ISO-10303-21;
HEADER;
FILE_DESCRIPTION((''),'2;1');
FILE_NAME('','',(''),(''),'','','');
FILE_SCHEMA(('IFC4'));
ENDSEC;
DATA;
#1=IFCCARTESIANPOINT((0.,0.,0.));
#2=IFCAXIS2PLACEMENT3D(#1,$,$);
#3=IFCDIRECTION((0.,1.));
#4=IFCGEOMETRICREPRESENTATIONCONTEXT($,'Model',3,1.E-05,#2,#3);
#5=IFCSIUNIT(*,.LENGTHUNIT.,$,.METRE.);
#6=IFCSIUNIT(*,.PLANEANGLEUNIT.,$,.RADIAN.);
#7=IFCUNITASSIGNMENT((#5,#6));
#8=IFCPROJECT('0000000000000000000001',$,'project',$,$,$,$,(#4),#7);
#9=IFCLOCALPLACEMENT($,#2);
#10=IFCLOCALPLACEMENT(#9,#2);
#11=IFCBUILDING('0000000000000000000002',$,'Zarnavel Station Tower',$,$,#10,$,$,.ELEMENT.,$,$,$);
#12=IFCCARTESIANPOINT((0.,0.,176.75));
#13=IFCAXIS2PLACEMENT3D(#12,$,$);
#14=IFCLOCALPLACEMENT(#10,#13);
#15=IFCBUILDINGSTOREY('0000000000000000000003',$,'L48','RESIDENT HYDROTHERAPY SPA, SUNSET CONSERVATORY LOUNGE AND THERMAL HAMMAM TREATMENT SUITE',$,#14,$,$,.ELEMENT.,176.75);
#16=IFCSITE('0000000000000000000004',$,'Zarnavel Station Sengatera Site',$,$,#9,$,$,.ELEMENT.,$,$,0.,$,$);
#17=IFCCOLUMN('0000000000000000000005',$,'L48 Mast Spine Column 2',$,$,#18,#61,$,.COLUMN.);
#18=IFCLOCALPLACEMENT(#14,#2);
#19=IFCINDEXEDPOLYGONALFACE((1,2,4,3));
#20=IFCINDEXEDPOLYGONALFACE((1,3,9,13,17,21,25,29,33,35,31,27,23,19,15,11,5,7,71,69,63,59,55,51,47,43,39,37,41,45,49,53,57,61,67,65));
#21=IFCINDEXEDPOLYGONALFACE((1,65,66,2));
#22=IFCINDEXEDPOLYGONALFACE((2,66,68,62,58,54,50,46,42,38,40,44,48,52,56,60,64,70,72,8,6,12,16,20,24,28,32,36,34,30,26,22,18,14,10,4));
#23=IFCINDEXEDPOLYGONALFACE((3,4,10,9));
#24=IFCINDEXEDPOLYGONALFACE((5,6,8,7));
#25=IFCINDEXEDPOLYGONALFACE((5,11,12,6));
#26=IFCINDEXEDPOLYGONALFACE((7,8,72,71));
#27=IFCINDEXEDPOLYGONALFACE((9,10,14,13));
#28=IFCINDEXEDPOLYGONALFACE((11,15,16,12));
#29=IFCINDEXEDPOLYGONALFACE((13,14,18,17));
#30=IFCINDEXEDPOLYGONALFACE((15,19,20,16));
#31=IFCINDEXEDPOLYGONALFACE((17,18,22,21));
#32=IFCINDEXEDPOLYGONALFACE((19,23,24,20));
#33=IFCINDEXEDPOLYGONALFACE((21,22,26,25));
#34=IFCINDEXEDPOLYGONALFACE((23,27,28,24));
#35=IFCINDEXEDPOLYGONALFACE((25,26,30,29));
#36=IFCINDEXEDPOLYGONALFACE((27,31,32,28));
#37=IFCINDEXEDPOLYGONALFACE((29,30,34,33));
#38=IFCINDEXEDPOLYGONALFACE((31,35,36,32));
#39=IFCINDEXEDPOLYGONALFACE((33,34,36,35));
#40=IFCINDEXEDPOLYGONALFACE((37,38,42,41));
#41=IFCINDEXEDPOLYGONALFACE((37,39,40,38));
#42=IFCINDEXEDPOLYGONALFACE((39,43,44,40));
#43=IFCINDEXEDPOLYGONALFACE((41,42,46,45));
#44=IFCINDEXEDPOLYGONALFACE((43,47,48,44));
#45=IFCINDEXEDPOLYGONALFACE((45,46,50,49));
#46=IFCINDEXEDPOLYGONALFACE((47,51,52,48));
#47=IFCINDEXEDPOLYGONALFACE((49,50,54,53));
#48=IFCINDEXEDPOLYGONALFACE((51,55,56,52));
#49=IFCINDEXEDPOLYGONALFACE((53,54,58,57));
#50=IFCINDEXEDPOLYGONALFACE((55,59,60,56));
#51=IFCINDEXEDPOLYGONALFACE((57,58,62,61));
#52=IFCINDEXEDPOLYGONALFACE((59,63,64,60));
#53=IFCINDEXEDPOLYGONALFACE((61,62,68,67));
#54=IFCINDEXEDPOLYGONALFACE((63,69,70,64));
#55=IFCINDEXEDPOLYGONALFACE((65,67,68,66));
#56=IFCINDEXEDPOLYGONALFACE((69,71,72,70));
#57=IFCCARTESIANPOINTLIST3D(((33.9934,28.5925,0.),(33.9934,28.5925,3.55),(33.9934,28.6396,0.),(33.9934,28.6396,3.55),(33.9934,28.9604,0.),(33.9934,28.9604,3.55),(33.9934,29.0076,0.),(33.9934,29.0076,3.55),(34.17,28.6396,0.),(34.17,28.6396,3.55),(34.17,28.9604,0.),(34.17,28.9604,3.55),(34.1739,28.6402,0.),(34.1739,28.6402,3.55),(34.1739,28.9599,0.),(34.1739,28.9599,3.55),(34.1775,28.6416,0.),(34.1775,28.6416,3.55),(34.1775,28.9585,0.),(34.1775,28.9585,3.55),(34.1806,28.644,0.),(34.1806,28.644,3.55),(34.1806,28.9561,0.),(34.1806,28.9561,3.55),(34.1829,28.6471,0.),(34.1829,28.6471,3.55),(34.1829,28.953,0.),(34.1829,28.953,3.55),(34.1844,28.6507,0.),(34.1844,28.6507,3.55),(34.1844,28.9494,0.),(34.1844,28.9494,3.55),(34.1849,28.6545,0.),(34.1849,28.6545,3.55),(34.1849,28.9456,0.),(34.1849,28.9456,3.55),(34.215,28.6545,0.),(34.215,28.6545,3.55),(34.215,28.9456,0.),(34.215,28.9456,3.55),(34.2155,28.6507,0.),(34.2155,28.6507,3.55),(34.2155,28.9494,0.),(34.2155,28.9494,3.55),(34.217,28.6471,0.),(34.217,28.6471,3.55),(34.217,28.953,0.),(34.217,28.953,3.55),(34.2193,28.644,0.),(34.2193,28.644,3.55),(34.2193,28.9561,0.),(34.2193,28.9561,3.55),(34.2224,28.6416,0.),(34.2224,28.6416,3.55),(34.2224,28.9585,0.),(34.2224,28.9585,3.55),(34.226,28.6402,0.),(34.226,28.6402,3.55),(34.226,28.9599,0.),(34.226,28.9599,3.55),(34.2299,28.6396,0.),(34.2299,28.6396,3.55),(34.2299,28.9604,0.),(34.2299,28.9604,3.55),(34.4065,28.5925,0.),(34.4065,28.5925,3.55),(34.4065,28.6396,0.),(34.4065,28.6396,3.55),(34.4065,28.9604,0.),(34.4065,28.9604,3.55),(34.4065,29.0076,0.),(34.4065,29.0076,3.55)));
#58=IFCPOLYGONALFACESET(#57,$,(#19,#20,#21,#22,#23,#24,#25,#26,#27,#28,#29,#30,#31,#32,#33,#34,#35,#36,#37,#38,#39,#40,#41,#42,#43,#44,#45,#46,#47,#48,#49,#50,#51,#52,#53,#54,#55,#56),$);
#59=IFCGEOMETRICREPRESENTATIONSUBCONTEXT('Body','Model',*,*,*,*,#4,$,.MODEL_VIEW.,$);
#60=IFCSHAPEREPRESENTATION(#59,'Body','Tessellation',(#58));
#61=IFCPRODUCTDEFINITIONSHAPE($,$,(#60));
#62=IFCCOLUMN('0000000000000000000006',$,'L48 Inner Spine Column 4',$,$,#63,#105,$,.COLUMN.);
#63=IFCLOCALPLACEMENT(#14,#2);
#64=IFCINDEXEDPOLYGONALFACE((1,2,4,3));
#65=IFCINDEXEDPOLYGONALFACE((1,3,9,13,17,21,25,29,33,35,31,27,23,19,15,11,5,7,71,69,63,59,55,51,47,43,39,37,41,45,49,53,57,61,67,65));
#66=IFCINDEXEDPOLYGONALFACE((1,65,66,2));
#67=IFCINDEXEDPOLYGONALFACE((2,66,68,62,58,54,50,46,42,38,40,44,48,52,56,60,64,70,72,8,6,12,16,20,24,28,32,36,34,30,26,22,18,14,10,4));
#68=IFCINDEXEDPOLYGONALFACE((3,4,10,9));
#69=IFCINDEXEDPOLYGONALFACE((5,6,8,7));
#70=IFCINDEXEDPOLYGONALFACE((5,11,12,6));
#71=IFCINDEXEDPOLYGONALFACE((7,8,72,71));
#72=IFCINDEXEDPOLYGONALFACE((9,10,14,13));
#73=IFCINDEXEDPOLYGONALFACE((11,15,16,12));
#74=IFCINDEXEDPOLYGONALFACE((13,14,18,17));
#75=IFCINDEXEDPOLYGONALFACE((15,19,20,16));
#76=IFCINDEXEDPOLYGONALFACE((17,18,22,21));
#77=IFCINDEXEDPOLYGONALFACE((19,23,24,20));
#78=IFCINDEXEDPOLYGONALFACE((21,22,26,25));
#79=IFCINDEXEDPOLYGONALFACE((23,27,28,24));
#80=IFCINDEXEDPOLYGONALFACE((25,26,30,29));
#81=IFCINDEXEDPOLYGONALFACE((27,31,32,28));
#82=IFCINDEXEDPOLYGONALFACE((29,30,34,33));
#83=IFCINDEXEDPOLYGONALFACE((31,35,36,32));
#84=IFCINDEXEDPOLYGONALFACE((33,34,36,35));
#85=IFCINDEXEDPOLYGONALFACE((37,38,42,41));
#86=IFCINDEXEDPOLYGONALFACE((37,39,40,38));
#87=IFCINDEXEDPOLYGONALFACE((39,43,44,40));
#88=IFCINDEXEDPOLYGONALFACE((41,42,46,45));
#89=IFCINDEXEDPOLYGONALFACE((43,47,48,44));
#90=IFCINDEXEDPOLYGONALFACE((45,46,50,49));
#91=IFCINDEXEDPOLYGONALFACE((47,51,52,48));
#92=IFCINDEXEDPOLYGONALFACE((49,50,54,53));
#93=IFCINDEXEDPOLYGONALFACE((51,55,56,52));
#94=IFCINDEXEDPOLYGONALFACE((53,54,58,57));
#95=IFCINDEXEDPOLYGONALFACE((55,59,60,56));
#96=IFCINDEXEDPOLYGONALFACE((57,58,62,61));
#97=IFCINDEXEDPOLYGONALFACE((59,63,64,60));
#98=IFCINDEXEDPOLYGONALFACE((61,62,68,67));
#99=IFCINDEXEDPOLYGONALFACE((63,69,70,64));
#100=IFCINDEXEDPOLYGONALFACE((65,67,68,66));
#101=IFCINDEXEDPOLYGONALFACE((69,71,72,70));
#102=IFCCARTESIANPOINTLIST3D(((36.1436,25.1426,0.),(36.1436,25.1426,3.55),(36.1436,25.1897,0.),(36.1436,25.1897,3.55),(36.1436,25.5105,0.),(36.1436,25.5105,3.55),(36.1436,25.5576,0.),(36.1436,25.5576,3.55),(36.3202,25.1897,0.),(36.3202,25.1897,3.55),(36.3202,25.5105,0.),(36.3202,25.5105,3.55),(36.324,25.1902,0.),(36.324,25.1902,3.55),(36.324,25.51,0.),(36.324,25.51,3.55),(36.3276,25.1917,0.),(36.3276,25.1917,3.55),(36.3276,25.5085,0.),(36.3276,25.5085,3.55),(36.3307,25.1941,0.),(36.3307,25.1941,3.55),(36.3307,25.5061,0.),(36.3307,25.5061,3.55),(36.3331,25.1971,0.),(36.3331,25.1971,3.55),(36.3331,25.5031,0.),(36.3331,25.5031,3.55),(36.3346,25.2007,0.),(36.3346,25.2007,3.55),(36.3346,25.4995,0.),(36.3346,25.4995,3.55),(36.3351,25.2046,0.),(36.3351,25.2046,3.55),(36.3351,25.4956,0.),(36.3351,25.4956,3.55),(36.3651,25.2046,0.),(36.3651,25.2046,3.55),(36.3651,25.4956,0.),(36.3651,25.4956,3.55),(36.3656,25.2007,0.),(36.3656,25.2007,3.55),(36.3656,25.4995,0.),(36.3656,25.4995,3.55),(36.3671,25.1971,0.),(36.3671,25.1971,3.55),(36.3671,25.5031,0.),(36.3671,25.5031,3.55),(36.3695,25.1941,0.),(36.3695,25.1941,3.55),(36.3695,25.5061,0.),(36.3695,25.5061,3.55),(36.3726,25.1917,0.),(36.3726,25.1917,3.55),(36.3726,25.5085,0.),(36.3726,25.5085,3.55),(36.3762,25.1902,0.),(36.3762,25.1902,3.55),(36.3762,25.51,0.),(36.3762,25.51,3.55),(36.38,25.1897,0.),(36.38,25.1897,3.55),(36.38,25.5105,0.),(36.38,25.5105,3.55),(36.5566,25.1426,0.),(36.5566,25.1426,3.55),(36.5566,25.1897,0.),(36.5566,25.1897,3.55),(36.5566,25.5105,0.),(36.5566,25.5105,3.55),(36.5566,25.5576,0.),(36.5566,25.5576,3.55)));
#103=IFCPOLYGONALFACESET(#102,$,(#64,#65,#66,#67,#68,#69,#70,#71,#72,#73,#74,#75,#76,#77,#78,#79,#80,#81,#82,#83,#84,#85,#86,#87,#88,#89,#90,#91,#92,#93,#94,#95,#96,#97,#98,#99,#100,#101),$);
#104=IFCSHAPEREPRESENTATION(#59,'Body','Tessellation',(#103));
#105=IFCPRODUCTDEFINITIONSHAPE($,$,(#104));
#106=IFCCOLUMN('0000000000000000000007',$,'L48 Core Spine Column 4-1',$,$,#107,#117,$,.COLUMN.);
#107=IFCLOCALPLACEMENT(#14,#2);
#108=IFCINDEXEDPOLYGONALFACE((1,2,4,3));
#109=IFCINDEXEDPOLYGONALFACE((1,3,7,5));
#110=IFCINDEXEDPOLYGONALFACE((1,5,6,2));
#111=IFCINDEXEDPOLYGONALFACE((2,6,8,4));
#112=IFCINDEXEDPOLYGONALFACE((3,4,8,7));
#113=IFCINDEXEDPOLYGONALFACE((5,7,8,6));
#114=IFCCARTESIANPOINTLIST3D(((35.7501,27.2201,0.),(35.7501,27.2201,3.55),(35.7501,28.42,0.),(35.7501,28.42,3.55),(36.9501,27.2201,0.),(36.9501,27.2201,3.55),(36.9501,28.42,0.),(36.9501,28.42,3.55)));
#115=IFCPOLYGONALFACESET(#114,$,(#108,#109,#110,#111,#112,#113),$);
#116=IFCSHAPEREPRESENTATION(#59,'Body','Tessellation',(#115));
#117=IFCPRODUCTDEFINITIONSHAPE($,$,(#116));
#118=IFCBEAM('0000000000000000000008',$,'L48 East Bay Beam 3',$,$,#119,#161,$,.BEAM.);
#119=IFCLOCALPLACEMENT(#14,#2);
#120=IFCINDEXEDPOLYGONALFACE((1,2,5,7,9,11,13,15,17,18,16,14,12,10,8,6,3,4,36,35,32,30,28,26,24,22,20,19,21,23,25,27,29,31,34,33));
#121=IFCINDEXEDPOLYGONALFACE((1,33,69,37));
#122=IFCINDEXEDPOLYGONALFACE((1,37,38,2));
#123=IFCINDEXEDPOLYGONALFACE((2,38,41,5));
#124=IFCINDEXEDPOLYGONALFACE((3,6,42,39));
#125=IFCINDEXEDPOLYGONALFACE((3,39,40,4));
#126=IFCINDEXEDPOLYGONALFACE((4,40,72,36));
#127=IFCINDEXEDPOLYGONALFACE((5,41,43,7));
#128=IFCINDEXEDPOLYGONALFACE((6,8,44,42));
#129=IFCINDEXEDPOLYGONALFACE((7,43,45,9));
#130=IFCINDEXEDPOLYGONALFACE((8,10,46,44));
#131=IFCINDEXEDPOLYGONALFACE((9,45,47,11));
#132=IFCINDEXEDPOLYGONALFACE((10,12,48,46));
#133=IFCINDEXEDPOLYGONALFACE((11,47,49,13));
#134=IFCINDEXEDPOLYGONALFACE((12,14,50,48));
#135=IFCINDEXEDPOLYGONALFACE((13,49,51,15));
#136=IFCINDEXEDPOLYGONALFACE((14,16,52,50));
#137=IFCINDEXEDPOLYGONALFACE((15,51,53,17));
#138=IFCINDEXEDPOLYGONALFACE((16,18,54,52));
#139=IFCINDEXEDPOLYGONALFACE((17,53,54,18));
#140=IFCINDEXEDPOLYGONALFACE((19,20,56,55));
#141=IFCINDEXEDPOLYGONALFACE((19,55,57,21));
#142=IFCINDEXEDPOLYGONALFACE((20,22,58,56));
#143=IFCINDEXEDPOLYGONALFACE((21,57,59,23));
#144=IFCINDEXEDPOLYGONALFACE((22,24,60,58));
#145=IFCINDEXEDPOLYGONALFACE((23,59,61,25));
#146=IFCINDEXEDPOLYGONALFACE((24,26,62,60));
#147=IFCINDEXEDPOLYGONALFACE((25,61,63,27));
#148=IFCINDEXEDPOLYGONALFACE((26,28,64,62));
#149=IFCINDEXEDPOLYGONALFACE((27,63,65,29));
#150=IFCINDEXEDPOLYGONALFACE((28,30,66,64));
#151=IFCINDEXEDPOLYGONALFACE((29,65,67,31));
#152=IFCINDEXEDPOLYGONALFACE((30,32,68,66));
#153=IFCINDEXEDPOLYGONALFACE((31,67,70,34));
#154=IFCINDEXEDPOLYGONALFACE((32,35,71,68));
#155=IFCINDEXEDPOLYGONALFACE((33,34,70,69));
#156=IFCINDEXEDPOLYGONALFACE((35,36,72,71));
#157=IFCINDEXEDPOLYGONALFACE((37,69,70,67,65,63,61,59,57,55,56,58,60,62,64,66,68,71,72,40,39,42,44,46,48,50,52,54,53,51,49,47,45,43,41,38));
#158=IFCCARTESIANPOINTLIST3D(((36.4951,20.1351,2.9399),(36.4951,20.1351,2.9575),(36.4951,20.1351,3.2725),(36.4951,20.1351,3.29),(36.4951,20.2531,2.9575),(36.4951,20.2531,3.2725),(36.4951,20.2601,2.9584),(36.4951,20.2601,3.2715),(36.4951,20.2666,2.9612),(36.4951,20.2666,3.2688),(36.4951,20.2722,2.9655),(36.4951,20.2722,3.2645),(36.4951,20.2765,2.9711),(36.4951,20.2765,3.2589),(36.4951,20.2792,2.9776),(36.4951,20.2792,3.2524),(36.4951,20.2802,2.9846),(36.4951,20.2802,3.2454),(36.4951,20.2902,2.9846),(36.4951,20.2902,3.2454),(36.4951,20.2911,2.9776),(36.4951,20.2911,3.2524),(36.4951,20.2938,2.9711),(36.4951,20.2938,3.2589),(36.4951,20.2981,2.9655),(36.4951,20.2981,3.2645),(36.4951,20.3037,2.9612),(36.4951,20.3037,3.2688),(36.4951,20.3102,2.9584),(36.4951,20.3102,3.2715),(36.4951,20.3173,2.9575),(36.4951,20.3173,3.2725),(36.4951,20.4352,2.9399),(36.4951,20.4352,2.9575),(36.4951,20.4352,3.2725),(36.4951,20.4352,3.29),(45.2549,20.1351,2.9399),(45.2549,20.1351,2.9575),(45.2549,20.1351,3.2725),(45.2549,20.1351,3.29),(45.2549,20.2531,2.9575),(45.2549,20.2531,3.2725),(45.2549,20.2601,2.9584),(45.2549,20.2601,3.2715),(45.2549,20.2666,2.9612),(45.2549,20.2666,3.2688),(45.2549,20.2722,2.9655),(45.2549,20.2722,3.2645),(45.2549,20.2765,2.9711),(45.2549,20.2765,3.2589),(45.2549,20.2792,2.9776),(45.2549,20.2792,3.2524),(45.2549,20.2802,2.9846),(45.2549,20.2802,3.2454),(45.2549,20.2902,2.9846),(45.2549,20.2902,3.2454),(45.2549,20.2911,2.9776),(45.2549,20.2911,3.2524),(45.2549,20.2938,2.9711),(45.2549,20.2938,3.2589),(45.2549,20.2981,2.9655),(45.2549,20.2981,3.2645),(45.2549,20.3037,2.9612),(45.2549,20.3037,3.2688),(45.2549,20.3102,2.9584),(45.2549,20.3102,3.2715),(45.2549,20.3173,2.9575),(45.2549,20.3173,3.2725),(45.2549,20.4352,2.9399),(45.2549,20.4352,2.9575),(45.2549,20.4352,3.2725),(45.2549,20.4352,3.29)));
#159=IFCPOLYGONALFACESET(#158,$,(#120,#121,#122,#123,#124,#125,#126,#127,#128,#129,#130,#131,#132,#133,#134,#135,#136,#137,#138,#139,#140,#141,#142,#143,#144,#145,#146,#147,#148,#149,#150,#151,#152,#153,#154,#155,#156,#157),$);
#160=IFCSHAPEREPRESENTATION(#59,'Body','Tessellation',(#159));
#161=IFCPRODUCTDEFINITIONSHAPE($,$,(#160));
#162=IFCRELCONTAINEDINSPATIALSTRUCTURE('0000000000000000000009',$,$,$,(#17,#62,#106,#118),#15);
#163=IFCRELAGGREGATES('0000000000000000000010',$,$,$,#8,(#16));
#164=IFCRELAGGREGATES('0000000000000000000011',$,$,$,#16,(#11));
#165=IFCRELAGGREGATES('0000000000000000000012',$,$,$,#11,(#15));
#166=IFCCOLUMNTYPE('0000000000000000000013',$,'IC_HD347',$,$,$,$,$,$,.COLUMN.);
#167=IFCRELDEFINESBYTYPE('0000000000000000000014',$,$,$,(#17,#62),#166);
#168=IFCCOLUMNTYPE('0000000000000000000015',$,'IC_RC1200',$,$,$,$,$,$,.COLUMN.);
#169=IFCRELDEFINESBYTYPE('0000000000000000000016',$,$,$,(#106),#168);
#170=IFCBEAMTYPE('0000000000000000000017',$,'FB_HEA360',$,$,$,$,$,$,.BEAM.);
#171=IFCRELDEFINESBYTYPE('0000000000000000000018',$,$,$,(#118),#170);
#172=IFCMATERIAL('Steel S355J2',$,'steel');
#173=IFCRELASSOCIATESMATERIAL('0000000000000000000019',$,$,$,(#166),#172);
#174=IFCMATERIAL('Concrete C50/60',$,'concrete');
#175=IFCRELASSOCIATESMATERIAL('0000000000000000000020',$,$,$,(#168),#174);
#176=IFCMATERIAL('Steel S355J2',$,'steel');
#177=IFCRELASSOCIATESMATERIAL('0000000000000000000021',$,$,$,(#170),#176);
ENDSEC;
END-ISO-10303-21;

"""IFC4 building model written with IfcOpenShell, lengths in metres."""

from ifc_helpers import new_model, si_unit, direction, frame, origin, origin_2d, place, context, subcontext, project, spatial, rectangle, i_section, extrude, material, material_profile, profile_set, type_object, element, save


model = new_model("IFC4")

# Units and contexts
model_context = context("Model", 3, precision=1e-05, world=origin(), true_north=direction((0.0, 1.0)))
body_context = subcontext(model_context, "Body", "Model", "MODEL_VIEW")
ifc_project = project(units=[si_unit("LENGTHUNIT", "METRE"), si_unit("PLANEANGLEUNIT", "RADIAN")], contexts=[model_context])

# Site, building, storey
site_placement = place(None, origin())
site = spatial("IfcSite", under=ifc_project, at=site_placement, Name="Zarnavel Station Sengatera Site", CompositionType="ELEMENT", RefElevation=0.0)
building_placement = place(site_placement, origin())
building = spatial("IfcBuilding", under=site, at=building_placement, Name="Zarnavel Station Tower", CompositionType="ELEMENT")
storey_placement = place(building_placement, frame((0.0, 0.0, 176.75)))
storey = spatial("IfcBuildingStorey", under=building, at=storey_placement, Name="L48", Description="RESIDENT HYDROTHERAPY SPA, SUNSET CONSERVATORY LOUNGE AND THERMAL HAMMAM TREATMENT SUITE", CompositionType="ELEMENT", Elevation=176.75)

# Columns
ifc_material_1 = material(Name="Steel S355J2", Category="steel")
ifc_material_profile_1 = material_profile(ifc_material_1, i_section(OverallWidth=0.4131, OverallDepth=0.415, WebThickness=0.03, FlangeThickness=0.0471, FilletRadius=0.0149, at=origin_2d()), Name="HD400x347")
ifc_profile_set_1 = profile_set([ifc_material_profile_1], Name="Steel S355J2")
column_type_1 = type_object("IfcColumnType", Name="IC_HD347", PredefinedType="COLUMN", material=ifc_profile_set_1)
for number, where, z_axis, x_axis, name in (
    (1, (34.2, 28.8, 0.0), (0.0, 0.0, 1.0), (1.0, 0.0, 0.0), "L48 Mast Spine Column 2"),
    (2, (36.3501, 25.3501, 0.0), (0.0, 0.0, 1.0), (1.0, 0.0, 0.0), "L48 Inner Spine Column 4"),
):
    element("IfcColumn", number, at=place(storey_placement, frame(where, z_axis=z_axis, x_axis=x_axis)), inside=storey, type_object=column_type_1, Name=name, PredefinedType="COLUMN", context=body_context, shape_type="SweptSolid", body=[
        extrude(i_section(OverallWidth=0.4131, OverallDepth=0.415, WebThickness=0.03, FlangeThickness=0.0471, FilletRadius=0.0149, at=origin_2d()), origin(), (0.0, 0.0, 1.0), 3.55),
    ])
ifc_material_2 = material(Name="Concrete C50/60", Category="concrete")
ifc_material_profile_2 = material_profile(ifc_material_2, rectangle(XDim=1.2, YDim=1.2, at=origin_2d()), Name="RC1200x1200")
ifc_profile_set_2 = profile_set([ifc_material_profile_2], Name="Concrete C50/60")
column_type_2 = type_object("IfcColumnType", Name="IC_RC1200", PredefinedType="COLUMN", material=ifc_profile_set_2)
column_placement = place(storey_placement, frame((36.3501, 27.8201, 0.0), z_axis=(0.0, 0.0, 1.0), x_axis=(1.0, 0.0, 0.0)))
element("IfcColumn", 3, at=column_placement, inside=storey, type_object=column_type_2, Name="L48 Core Spine Column 4-1", PredefinedType="COLUMN", context=body_context, shape_type="SweptSolid", body=[
    extrude(rectangle(XDim=1.2, YDim=1.2, at=origin_2d()), origin(), (0.0, 0.0, 1.0), 3.55),
])

# Beam
ifc_material_3 = material(Name="Steel S355J2", Category="steel")
ifc_material_profile_3 = material_profile(ifc_material_3, i_section(OverallWidth=0.3, OverallDepth=0.3501, WebThickness=0.01, FlangeThickness=0.0176, FilletRadius=0.0271, at=origin_2d()), Name="HEA360")
ifc_profile_set_3 = profile_set([ifc_material_profile_3], Name="Steel S355J2")
beam_type_1 = type_object("IfcBeamType", Name="FB_HEA360", PredefinedType="BEAM", material=ifc_profile_set_3)
beam_1_placement = place(storey_placement, frame((36.4951, 20.2852, 3.115), z_axis=(1.0, 0.0, 0.0), x_axis=(0.0, 1.0, 0.0)))
element("IfcBeam", 4, at=beam_1_placement, inside=storey, type_object=beam_type_1, Name="L48 East Bay Beam 3", PredefinedType="BEAM", context=body_context, shape_type="SweptSolid", body=[
    extrude(i_section(OverallWidth=0.3, OverallDepth=0.3501, WebThickness=0.01, FlangeThickness=0.0176, FilletRadius=0.0271, at=origin_2d()), origin(), (0.0, 0.0, 1.0), 8.7598),
])

save(model, "model.ifc")
